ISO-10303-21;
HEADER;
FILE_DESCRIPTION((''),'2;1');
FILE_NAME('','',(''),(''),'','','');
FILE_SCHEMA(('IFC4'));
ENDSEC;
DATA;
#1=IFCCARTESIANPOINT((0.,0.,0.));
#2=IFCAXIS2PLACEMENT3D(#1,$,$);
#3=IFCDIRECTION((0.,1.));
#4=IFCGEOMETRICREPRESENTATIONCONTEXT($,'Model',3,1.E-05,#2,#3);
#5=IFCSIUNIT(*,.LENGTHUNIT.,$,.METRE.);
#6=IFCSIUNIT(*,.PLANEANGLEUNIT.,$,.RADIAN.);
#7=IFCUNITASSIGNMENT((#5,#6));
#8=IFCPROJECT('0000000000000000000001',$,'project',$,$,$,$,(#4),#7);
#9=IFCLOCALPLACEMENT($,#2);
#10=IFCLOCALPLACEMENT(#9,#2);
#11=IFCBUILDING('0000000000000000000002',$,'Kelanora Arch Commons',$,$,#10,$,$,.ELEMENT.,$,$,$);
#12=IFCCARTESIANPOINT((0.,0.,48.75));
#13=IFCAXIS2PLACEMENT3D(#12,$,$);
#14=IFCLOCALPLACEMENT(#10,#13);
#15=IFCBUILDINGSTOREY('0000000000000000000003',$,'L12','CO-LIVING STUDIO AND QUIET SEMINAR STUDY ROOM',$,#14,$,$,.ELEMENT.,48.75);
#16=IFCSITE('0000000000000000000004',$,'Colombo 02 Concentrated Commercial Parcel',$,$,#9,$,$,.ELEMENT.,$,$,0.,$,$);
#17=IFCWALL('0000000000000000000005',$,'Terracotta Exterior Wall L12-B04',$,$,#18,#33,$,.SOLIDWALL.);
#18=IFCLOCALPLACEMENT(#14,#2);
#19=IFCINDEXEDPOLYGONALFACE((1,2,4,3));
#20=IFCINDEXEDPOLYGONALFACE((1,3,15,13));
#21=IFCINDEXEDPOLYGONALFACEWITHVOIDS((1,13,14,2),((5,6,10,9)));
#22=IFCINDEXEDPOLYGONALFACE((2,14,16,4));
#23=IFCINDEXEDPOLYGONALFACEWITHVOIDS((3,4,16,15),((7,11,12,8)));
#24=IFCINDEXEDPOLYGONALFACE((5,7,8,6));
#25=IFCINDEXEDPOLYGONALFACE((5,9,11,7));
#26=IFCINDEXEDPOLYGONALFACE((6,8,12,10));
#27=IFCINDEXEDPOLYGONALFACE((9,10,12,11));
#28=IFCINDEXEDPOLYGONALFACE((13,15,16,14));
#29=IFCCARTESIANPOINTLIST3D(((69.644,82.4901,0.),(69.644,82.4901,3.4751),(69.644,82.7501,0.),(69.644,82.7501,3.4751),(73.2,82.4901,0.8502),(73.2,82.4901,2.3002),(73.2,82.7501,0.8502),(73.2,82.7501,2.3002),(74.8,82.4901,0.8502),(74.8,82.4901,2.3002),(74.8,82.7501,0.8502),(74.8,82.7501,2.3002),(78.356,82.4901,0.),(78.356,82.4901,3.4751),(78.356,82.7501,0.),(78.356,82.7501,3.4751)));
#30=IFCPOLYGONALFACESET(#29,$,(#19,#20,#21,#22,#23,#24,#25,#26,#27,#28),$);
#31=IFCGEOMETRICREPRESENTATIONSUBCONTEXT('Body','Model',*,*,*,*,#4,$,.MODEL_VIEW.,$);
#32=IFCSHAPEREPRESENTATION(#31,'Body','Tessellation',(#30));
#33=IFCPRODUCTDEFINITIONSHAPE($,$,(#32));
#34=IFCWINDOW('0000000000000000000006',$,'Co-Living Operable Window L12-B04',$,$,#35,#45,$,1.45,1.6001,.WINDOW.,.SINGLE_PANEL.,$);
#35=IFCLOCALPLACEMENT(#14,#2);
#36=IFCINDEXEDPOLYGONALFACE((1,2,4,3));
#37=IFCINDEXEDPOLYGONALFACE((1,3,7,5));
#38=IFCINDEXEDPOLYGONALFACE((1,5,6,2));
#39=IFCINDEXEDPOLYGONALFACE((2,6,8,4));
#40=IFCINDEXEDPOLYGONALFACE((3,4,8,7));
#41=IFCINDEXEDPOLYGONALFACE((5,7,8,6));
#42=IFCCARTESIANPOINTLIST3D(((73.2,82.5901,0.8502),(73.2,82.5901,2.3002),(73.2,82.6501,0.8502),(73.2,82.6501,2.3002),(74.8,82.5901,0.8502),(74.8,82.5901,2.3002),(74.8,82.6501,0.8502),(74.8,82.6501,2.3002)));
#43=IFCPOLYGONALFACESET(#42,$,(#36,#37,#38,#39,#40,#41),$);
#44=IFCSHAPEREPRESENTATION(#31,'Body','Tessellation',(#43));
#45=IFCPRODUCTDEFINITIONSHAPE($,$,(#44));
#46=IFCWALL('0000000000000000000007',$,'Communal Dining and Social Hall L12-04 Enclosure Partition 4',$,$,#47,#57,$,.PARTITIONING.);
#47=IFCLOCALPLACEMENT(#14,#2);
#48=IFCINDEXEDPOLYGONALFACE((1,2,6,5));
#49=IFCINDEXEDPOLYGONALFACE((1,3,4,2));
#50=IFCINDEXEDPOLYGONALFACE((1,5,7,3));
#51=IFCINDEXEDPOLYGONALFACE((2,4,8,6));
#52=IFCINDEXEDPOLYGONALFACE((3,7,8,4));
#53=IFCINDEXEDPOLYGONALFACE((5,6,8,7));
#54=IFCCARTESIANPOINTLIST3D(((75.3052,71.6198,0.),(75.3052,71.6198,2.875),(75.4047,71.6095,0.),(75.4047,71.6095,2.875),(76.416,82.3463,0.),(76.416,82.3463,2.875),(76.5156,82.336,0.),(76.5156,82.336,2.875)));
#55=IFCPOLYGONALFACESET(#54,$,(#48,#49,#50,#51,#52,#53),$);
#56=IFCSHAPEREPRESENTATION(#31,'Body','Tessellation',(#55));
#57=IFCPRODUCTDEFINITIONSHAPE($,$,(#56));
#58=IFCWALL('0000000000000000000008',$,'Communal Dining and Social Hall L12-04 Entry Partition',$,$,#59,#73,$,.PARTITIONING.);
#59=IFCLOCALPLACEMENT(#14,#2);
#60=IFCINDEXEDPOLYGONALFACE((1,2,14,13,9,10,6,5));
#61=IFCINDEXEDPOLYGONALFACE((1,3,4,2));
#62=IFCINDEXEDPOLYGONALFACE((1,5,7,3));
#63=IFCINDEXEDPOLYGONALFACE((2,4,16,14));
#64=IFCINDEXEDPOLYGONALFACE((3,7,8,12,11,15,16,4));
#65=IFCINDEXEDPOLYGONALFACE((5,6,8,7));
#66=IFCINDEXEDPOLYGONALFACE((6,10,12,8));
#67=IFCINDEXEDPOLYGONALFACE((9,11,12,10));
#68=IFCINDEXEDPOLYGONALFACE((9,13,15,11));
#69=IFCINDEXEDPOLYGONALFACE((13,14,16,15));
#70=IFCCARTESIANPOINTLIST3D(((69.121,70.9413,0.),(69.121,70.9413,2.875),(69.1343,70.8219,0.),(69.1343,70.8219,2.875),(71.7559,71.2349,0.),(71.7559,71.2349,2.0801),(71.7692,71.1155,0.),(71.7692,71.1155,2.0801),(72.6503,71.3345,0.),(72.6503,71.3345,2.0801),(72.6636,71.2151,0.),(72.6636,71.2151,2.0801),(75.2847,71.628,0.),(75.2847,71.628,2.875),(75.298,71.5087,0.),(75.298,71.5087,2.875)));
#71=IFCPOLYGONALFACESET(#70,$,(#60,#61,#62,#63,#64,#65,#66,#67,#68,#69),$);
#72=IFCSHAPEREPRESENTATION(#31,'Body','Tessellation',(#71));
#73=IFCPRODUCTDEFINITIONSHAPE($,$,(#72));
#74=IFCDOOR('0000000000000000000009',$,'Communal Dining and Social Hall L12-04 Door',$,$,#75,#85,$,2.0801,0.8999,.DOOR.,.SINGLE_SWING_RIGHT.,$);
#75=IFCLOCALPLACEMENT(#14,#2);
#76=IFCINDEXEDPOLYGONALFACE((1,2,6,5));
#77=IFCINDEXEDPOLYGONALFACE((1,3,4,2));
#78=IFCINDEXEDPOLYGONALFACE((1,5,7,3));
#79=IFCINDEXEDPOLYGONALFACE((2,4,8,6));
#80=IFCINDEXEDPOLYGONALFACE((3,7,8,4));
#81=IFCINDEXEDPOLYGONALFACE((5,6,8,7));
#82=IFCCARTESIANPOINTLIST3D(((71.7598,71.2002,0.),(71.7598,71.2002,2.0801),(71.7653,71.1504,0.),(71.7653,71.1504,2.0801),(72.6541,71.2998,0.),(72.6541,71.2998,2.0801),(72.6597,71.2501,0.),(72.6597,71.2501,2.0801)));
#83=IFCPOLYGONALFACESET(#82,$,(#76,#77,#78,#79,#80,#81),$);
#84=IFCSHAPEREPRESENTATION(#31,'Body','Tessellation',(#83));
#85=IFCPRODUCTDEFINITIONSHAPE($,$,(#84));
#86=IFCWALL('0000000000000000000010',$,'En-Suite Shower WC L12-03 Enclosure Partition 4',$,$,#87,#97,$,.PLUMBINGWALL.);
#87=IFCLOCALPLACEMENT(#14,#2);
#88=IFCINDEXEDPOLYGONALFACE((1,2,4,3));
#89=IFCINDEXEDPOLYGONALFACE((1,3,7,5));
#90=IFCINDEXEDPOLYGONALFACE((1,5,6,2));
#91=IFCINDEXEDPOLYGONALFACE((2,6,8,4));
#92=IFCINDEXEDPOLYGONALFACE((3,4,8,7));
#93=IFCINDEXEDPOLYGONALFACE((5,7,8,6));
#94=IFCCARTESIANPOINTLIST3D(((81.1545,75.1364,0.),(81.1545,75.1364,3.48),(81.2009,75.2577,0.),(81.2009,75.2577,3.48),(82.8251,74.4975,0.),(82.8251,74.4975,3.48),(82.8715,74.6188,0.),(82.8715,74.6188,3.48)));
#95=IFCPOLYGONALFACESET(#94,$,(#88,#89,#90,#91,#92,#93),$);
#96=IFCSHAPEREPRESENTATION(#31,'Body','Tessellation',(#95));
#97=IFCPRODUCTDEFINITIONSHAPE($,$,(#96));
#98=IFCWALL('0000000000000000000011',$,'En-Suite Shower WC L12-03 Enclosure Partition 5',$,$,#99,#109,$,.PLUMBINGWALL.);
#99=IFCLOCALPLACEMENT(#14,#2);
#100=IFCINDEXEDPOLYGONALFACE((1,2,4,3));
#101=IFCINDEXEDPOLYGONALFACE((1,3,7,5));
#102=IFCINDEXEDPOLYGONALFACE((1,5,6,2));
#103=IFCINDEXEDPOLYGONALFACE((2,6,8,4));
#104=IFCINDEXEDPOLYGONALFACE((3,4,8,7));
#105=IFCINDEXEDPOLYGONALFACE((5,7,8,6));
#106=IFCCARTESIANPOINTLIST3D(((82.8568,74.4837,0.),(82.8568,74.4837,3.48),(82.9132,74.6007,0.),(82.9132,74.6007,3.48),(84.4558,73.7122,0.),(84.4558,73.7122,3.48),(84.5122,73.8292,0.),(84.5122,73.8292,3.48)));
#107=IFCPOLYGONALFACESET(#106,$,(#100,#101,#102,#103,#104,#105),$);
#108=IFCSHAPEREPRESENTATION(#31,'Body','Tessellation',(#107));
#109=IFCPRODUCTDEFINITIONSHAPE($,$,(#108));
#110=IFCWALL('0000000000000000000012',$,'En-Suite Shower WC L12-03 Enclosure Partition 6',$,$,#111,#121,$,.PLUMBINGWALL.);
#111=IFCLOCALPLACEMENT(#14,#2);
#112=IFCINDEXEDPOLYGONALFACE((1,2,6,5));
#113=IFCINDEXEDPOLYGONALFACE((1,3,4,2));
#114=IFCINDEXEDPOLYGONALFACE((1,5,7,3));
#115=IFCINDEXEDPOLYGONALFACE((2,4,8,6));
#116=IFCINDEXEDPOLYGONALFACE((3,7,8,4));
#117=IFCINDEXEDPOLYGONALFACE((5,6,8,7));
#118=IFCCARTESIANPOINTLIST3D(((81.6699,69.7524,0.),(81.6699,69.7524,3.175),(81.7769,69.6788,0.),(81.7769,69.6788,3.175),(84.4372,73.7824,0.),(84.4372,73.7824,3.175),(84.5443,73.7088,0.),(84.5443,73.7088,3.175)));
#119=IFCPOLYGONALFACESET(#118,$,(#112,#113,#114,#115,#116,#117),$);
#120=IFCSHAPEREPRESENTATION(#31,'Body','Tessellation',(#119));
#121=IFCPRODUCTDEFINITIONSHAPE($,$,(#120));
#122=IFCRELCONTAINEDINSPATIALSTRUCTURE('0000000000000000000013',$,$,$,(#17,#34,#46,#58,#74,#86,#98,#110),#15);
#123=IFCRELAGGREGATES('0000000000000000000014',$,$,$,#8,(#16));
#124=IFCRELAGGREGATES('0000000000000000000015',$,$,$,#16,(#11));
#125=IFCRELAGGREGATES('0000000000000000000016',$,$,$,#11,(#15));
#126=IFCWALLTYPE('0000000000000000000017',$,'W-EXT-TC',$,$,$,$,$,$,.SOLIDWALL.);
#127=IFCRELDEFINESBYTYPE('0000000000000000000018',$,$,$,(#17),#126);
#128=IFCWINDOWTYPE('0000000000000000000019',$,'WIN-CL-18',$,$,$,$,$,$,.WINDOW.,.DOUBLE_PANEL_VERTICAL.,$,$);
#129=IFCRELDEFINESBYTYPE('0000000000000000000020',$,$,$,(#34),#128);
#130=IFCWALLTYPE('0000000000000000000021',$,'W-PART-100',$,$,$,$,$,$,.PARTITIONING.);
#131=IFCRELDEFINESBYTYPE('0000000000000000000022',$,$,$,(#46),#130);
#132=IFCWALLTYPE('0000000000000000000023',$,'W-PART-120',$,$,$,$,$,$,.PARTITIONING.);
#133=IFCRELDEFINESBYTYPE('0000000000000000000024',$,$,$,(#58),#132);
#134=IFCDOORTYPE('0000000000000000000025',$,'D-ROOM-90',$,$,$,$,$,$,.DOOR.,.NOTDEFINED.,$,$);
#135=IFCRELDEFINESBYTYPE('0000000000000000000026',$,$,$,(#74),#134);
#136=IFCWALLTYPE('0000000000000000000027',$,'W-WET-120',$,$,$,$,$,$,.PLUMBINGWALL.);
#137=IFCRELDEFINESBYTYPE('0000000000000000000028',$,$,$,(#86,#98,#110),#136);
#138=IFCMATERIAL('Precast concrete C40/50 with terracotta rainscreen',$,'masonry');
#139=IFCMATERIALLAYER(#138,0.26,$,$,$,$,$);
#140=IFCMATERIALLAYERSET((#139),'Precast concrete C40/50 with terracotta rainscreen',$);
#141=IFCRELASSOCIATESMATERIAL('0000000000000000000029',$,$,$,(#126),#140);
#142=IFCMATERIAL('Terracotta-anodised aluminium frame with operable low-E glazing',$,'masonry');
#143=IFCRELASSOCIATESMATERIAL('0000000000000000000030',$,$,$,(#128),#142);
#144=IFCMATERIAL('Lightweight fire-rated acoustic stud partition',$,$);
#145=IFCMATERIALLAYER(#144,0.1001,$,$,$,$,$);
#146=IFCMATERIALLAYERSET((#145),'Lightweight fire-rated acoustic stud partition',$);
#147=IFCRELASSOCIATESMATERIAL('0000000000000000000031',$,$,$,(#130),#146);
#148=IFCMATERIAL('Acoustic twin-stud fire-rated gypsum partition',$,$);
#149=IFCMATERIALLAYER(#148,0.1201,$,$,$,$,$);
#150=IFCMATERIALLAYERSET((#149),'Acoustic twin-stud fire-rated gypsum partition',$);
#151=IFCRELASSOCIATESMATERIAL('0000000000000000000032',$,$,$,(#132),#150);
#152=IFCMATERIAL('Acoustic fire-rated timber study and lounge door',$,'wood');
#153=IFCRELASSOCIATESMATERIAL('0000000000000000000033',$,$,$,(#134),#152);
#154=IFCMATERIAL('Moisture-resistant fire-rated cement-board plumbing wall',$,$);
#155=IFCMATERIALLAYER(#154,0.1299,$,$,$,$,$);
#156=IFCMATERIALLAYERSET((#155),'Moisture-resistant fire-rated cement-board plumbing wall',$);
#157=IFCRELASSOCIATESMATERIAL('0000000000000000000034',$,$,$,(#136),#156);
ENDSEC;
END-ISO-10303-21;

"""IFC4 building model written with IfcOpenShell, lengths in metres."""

from ifc_helpers import new_model, si_unit, direction, frame, frame_2d, origin, place, context, subcontext, project, spatial, rectangle, extrude, material, layer, layer_set, type_object, element, fill, save


model = new_model("IFC4")

# Units and contexts
model_context = context("Model", 3, precision=1e-05, world=origin(), true_north=direction((0.0, 1.0)))
body_context = subcontext(model_context, "Body", "Model", "MODEL_VIEW")
ifc_project = project(units=[si_unit("LENGTHUNIT", "METRE"), si_unit("PLANEANGLEUNIT", "RADIAN")], contexts=[model_context])

# Site, building, storey
site_placement = place(None, origin())
site = spatial("IfcSite", under=ifc_project, at=site_placement, Name="Colombo 02 Concentrated Commercial Parcel", CompositionType="ELEMENT", RefElevation=0.0)
building_placement = place(site_placement, origin())
building = spatial("IfcBuilding", under=site, at=building_placement, Name="Kelanora Arch Commons", CompositionType="ELEMENT")
storey_placement = place(building_placement, frame((0.0, 0.0, 48.75)))
storey = spatial("IfcBuildingStorey", under=building, at=storey_placement, Name="L12", Description="CO-LIVING STUDIO AND QUIET SEMINAR STUDY ROOM", CompositionType="ELEMENT", Elevation=48.75)

# Wall, opening, window
ifc_material_1 = material(Name="Precast concrete C40/50 with terracotta rainscreen", Category="masonry")
ifc_layer_1 = layer(ifc_material_1, 0.26)
ifc_layer_set_1 = layer_set([ifc_layer_1], Name="Precast concrete C40/50 with terracotta rainscreen")
wall_type_1 = type_object("IfcWallType", Name="W-EXT-TC", PredefinedType="SOLIDWALL", material=ifc_layer_set_1)
wall_1_placement = place(storey_placement, frame((78.356, 82.6201, 0.0), z_axis=(0.0, 0.0, 1.0), x_axis=(-1.0, 0.0, 0.0)))
wall_1 = element("IfcWall", 1, at=wall_1_placement, inside=storey, type_object=wall_type_1, Name="Terracotta Exterior Wall L12-B04", PredefinedType="SOLIDWALL", context=body_context, shape_type="SweptSolid", body=[
    extrude(rectangle(XDim=8.7119, YDim=0.26, at=frame_2d((4.356, 0.0))), origin(), (0.0, 0.0, 1.0), 3.4751),
])
opening_1_placement = place(wall_1_placement, frame((3.5559, 0.0, 0.8501)))
opening_1 = element("IfcOpeningElement", 2, at=opening_1_placement, cuts=wall_1, PredefinedType="OPENING", context=body_context, shape_type="SweptSolid", body=[
    extrude(rectangle(XDim=1.6001, YDim=1.45, at=frame_2d((0.8, 0.7251))), frame((0.0, 0.1401, 0.0), z_axis=(0.0, -1.0, 0.0), x_axis=(1.0, 0.0, 0.0)), (0.0, 0.0, 1.0), 0.28),
])
ifc_material_2 = material(Name="Terracotta-anodised aluminium frame with operable low-E glazing", Category="masonry")
window_type = type_object("IfcWindowType", Name="WIN-CL-18", PartitioningType="DOUBLE_PANEL_VERTICAL", PredefinedType="WINDOW", material=ifc_material_2)
window_placement = place(opening_1_placement, origin())
window = element("IfcWindow", 3, at=window_placement, inside=storey, type_object=window_type, Name="Co-Living Operable Window L12-B04", OverallHeight=1.45, OverallWidth=1.6001, PartitioningType="SINGLE_PANEL", PredefinedType="WINDOW", context=body_context, shape_type="SweptSolid", body=[
    extrude(rectangle(XDim=1.6001, YDim=1.45, at=frame_2d((0.8, 0.7251))), frame((0.0, 0.03, 0.0), z_axis=(0.0, -1.0, 0.0), x_axis=(1.0, 0.0, 0.0)), (0.0, 0.0, 1.0), 0.0601),
])
fill(opening_1, window)

# Wall
ifc_material_3 = material(Name="Lightweight fire-rated acoustic stud partition")
ifc_layer_2 = layer(ifc_material_3, 0.1001)
ifc_layer_set_2 = layer_set([ifc_layer_2], Name="Lightweight fire-rated acoustic stud partition")
wall_type_2 = type_object("IfcWallType", Name="W-PART-100", PredefinedType="PARTITIONING", material=ifc_layer_set_2)
wall_2_placement = place(storey_placement, frame((76.4658, 82.3413, 0.0), z_axis=(0.0, 0.0, 1.0), x_axis=(-0.103009, -0.99468, 0.0)))
element("IfcWall", 4, at=wall_2_placement, inside=storey, type_object=wall_type_2, Name="Communal Dining and Social Hall L12-04 Enclosure Partition 4", PredefinedType="PARTITIONING", context=body_context, shape_type="SweptSolid", body=[
    extrude(rectangle(XDim=10.7839, YDim=0.1001, at=frame_2d((5.3921, 0.0))), origin(), (0.0, 0.0, 1.0), 2.875),
])

# Wall, opening, door
ifc_material_4 = material(Name="Acoustic twin-stud fire-rated gypsum partition")
ifc_layer_3 = layer(ifc_material_4, 0.1201)
ifc_layer_set_3 = layer_set([ifc_layer_3], Name="Acoustic twin-stud fire-rated gypsum partition")
wall_type_3 = type_object("IfcWallType", Name="W-PART-120", PredefinedType="PARTITIONING", material=ifc_layer_set_3)
wall_3_placement = place(storey_placement, frame((75.2915, 71.5684, 0.0), z_axis=(0.0, 0.0, 1.0), x_axis=(-0.99385, -0.110734, 0.0)))
wall_3 = element("IfcWall", 5, at=wall_3_placement, inside=storey, type_object=wall_type_3, Name="Communal Dining and Social Hall L12-04 Entry Partition", PredefinedType="PARTITIONING", context=body_context, shape_type="SweptSolid", body=[
    extrude(rectangle(XDim=6.2019, YDim=0.1201, at=frame_2d((3.1011, 0.0))), origin(), (0.0, 0.0, 1.0), 2.875),
])
opening_2_placement = place(wall_3_placement, frame((2.6509, 0.0, 0.0)))
opening_2 = element("IfcOpeningElement", 6, at=opening_2_placement, cuts=wall_3, PredefinedType="OPENING", context=body_context, shape_type="SweptSolid", body=[
    extrude(rectangle(XDim=0.8999, YDim=2.0801, at=frame_2d((0.45, 1.04))), frame((0.0, 0.0701, 0.0), z_axis=(0.0, -1.0, 0.0), x_axis=(1.0, 0.0, 0.0)), (0.0, 0.0, 1.0), 0.1401),
])
ifc_material_5 = material(Name="Acoustic fire-rated timber study and lounge door", Category="wood")
door_type = type_object("IfcDoorType", Name="D-ROOM-90", OperationType="NOTDEFINED", PredefinedType="DOOR", material=ifc_material_5)
door_placement = place(opening_2_placement, origin())
door = element("IfcDoor", 7, at=door_placement, inside=storey, type_object=door_type, Name="Communal Dining and Social Hall L12-04 Door", OperationType="SINGLE_SWING_RIGHT", OverallHeight=2.0801, OverallWidth=0.8999, PredefinedType="DOOR", context=body_context, shape_type="SweptSolid", body=[
    extrude(rectangle(XDim=0.8999, YDim=2.0801, at=frame_2d((0.45, 1.04))), frame((0.0, 0.0249, 0.0), z_axis=(0.0, -1.0, 0.0), x_axis=(1.0, 0.0, 0.0)), (0.0, 0.0, 1.0), 0.05),
])
fill(opening_2, door)

# Walls
ifc_material_6 = material(Name="Moisture-resistant fire-rated cement-board plumbing wall")
ifc_layer_4 = layer(ifc_material_6, 0.1299)
ifc_layer_set_4 = layer_set([ifc_layer_4], Name="Moisture-resistant fire-rated cement-board plumbing wall")
wall_type_4 = type_object("IfcWallType", Name="W-WET-120", PredefinedType="PLUMBINGWALL", material=ifc_layer_set_4)
wall_4_placement = place(storey_placement, frame((81.1777, 75.197, 0.0), z_axis=(0.0, 0.0, 1.0), x_axis=(0.934026, -0.357204, 0.0)))
element("IfcWall", 8, at=wall_4_placement, inside=storey, type_object=wall_type_4, Name="En-Suite Shower WC L12-03 Enclosure Partition 4", PredefinedType="PLUMBINGWALL", context=body_context, shape_type="SweptSolid", body=[
    extrude(rectangle(XDim=1.7886, YDim=0.1299, at=frame_2d((0.8943, 0.0))), origin(), (0.0, 0.0, 1.0), 3.48),
])
wall_5_placement = place(storey_placement, frame((82.885, 74.5422, 0.0), z_axis=(0.0, 0.0, 1.0), x_axis=(0.900637, -0.434572, 0.0)))
element("IfcWall", 9, at=wall_5_placement, inside=storey, type_object=wall_type_4, Name="En-Suite Shower WC L12-03 Enclosure Partition 5", PredefinedType="PLUMBINGWALL", context=body_context, shape_type="SweptSolid", body=[
    extrude(rectangle(XDim=1.7754, YDim=0.1299, at=frame_2d((0.8877, 0.0))), origin(), (0.0, 0.0, 1.0), 3.48),
])
wall_6_placement = place(storey_placement, frame((84.4907, 73.7456, 0.0), z_axis=(0.0, 0.0, 1.0), x_axis=(-0.566069, -0.824358, 0.0)))
element("IfcWall", 10, at=wall_6_placement, inside=storey, type_object=wall_type_4, Name="En-Suite Shower WC L12-03 Enclosure Partition 6", PredefinedType="PLUMBINGWALL", context=body_context, shape_type="SweptSolid", body=[
    extrude(rectangle(XDim=4.8887, YDim=0.1299, at=frame_2d((2.4443, 0.0))), origin(), (0.0, 0.0, 1.0), 3.175),
])

save(model, "model.ifc")
